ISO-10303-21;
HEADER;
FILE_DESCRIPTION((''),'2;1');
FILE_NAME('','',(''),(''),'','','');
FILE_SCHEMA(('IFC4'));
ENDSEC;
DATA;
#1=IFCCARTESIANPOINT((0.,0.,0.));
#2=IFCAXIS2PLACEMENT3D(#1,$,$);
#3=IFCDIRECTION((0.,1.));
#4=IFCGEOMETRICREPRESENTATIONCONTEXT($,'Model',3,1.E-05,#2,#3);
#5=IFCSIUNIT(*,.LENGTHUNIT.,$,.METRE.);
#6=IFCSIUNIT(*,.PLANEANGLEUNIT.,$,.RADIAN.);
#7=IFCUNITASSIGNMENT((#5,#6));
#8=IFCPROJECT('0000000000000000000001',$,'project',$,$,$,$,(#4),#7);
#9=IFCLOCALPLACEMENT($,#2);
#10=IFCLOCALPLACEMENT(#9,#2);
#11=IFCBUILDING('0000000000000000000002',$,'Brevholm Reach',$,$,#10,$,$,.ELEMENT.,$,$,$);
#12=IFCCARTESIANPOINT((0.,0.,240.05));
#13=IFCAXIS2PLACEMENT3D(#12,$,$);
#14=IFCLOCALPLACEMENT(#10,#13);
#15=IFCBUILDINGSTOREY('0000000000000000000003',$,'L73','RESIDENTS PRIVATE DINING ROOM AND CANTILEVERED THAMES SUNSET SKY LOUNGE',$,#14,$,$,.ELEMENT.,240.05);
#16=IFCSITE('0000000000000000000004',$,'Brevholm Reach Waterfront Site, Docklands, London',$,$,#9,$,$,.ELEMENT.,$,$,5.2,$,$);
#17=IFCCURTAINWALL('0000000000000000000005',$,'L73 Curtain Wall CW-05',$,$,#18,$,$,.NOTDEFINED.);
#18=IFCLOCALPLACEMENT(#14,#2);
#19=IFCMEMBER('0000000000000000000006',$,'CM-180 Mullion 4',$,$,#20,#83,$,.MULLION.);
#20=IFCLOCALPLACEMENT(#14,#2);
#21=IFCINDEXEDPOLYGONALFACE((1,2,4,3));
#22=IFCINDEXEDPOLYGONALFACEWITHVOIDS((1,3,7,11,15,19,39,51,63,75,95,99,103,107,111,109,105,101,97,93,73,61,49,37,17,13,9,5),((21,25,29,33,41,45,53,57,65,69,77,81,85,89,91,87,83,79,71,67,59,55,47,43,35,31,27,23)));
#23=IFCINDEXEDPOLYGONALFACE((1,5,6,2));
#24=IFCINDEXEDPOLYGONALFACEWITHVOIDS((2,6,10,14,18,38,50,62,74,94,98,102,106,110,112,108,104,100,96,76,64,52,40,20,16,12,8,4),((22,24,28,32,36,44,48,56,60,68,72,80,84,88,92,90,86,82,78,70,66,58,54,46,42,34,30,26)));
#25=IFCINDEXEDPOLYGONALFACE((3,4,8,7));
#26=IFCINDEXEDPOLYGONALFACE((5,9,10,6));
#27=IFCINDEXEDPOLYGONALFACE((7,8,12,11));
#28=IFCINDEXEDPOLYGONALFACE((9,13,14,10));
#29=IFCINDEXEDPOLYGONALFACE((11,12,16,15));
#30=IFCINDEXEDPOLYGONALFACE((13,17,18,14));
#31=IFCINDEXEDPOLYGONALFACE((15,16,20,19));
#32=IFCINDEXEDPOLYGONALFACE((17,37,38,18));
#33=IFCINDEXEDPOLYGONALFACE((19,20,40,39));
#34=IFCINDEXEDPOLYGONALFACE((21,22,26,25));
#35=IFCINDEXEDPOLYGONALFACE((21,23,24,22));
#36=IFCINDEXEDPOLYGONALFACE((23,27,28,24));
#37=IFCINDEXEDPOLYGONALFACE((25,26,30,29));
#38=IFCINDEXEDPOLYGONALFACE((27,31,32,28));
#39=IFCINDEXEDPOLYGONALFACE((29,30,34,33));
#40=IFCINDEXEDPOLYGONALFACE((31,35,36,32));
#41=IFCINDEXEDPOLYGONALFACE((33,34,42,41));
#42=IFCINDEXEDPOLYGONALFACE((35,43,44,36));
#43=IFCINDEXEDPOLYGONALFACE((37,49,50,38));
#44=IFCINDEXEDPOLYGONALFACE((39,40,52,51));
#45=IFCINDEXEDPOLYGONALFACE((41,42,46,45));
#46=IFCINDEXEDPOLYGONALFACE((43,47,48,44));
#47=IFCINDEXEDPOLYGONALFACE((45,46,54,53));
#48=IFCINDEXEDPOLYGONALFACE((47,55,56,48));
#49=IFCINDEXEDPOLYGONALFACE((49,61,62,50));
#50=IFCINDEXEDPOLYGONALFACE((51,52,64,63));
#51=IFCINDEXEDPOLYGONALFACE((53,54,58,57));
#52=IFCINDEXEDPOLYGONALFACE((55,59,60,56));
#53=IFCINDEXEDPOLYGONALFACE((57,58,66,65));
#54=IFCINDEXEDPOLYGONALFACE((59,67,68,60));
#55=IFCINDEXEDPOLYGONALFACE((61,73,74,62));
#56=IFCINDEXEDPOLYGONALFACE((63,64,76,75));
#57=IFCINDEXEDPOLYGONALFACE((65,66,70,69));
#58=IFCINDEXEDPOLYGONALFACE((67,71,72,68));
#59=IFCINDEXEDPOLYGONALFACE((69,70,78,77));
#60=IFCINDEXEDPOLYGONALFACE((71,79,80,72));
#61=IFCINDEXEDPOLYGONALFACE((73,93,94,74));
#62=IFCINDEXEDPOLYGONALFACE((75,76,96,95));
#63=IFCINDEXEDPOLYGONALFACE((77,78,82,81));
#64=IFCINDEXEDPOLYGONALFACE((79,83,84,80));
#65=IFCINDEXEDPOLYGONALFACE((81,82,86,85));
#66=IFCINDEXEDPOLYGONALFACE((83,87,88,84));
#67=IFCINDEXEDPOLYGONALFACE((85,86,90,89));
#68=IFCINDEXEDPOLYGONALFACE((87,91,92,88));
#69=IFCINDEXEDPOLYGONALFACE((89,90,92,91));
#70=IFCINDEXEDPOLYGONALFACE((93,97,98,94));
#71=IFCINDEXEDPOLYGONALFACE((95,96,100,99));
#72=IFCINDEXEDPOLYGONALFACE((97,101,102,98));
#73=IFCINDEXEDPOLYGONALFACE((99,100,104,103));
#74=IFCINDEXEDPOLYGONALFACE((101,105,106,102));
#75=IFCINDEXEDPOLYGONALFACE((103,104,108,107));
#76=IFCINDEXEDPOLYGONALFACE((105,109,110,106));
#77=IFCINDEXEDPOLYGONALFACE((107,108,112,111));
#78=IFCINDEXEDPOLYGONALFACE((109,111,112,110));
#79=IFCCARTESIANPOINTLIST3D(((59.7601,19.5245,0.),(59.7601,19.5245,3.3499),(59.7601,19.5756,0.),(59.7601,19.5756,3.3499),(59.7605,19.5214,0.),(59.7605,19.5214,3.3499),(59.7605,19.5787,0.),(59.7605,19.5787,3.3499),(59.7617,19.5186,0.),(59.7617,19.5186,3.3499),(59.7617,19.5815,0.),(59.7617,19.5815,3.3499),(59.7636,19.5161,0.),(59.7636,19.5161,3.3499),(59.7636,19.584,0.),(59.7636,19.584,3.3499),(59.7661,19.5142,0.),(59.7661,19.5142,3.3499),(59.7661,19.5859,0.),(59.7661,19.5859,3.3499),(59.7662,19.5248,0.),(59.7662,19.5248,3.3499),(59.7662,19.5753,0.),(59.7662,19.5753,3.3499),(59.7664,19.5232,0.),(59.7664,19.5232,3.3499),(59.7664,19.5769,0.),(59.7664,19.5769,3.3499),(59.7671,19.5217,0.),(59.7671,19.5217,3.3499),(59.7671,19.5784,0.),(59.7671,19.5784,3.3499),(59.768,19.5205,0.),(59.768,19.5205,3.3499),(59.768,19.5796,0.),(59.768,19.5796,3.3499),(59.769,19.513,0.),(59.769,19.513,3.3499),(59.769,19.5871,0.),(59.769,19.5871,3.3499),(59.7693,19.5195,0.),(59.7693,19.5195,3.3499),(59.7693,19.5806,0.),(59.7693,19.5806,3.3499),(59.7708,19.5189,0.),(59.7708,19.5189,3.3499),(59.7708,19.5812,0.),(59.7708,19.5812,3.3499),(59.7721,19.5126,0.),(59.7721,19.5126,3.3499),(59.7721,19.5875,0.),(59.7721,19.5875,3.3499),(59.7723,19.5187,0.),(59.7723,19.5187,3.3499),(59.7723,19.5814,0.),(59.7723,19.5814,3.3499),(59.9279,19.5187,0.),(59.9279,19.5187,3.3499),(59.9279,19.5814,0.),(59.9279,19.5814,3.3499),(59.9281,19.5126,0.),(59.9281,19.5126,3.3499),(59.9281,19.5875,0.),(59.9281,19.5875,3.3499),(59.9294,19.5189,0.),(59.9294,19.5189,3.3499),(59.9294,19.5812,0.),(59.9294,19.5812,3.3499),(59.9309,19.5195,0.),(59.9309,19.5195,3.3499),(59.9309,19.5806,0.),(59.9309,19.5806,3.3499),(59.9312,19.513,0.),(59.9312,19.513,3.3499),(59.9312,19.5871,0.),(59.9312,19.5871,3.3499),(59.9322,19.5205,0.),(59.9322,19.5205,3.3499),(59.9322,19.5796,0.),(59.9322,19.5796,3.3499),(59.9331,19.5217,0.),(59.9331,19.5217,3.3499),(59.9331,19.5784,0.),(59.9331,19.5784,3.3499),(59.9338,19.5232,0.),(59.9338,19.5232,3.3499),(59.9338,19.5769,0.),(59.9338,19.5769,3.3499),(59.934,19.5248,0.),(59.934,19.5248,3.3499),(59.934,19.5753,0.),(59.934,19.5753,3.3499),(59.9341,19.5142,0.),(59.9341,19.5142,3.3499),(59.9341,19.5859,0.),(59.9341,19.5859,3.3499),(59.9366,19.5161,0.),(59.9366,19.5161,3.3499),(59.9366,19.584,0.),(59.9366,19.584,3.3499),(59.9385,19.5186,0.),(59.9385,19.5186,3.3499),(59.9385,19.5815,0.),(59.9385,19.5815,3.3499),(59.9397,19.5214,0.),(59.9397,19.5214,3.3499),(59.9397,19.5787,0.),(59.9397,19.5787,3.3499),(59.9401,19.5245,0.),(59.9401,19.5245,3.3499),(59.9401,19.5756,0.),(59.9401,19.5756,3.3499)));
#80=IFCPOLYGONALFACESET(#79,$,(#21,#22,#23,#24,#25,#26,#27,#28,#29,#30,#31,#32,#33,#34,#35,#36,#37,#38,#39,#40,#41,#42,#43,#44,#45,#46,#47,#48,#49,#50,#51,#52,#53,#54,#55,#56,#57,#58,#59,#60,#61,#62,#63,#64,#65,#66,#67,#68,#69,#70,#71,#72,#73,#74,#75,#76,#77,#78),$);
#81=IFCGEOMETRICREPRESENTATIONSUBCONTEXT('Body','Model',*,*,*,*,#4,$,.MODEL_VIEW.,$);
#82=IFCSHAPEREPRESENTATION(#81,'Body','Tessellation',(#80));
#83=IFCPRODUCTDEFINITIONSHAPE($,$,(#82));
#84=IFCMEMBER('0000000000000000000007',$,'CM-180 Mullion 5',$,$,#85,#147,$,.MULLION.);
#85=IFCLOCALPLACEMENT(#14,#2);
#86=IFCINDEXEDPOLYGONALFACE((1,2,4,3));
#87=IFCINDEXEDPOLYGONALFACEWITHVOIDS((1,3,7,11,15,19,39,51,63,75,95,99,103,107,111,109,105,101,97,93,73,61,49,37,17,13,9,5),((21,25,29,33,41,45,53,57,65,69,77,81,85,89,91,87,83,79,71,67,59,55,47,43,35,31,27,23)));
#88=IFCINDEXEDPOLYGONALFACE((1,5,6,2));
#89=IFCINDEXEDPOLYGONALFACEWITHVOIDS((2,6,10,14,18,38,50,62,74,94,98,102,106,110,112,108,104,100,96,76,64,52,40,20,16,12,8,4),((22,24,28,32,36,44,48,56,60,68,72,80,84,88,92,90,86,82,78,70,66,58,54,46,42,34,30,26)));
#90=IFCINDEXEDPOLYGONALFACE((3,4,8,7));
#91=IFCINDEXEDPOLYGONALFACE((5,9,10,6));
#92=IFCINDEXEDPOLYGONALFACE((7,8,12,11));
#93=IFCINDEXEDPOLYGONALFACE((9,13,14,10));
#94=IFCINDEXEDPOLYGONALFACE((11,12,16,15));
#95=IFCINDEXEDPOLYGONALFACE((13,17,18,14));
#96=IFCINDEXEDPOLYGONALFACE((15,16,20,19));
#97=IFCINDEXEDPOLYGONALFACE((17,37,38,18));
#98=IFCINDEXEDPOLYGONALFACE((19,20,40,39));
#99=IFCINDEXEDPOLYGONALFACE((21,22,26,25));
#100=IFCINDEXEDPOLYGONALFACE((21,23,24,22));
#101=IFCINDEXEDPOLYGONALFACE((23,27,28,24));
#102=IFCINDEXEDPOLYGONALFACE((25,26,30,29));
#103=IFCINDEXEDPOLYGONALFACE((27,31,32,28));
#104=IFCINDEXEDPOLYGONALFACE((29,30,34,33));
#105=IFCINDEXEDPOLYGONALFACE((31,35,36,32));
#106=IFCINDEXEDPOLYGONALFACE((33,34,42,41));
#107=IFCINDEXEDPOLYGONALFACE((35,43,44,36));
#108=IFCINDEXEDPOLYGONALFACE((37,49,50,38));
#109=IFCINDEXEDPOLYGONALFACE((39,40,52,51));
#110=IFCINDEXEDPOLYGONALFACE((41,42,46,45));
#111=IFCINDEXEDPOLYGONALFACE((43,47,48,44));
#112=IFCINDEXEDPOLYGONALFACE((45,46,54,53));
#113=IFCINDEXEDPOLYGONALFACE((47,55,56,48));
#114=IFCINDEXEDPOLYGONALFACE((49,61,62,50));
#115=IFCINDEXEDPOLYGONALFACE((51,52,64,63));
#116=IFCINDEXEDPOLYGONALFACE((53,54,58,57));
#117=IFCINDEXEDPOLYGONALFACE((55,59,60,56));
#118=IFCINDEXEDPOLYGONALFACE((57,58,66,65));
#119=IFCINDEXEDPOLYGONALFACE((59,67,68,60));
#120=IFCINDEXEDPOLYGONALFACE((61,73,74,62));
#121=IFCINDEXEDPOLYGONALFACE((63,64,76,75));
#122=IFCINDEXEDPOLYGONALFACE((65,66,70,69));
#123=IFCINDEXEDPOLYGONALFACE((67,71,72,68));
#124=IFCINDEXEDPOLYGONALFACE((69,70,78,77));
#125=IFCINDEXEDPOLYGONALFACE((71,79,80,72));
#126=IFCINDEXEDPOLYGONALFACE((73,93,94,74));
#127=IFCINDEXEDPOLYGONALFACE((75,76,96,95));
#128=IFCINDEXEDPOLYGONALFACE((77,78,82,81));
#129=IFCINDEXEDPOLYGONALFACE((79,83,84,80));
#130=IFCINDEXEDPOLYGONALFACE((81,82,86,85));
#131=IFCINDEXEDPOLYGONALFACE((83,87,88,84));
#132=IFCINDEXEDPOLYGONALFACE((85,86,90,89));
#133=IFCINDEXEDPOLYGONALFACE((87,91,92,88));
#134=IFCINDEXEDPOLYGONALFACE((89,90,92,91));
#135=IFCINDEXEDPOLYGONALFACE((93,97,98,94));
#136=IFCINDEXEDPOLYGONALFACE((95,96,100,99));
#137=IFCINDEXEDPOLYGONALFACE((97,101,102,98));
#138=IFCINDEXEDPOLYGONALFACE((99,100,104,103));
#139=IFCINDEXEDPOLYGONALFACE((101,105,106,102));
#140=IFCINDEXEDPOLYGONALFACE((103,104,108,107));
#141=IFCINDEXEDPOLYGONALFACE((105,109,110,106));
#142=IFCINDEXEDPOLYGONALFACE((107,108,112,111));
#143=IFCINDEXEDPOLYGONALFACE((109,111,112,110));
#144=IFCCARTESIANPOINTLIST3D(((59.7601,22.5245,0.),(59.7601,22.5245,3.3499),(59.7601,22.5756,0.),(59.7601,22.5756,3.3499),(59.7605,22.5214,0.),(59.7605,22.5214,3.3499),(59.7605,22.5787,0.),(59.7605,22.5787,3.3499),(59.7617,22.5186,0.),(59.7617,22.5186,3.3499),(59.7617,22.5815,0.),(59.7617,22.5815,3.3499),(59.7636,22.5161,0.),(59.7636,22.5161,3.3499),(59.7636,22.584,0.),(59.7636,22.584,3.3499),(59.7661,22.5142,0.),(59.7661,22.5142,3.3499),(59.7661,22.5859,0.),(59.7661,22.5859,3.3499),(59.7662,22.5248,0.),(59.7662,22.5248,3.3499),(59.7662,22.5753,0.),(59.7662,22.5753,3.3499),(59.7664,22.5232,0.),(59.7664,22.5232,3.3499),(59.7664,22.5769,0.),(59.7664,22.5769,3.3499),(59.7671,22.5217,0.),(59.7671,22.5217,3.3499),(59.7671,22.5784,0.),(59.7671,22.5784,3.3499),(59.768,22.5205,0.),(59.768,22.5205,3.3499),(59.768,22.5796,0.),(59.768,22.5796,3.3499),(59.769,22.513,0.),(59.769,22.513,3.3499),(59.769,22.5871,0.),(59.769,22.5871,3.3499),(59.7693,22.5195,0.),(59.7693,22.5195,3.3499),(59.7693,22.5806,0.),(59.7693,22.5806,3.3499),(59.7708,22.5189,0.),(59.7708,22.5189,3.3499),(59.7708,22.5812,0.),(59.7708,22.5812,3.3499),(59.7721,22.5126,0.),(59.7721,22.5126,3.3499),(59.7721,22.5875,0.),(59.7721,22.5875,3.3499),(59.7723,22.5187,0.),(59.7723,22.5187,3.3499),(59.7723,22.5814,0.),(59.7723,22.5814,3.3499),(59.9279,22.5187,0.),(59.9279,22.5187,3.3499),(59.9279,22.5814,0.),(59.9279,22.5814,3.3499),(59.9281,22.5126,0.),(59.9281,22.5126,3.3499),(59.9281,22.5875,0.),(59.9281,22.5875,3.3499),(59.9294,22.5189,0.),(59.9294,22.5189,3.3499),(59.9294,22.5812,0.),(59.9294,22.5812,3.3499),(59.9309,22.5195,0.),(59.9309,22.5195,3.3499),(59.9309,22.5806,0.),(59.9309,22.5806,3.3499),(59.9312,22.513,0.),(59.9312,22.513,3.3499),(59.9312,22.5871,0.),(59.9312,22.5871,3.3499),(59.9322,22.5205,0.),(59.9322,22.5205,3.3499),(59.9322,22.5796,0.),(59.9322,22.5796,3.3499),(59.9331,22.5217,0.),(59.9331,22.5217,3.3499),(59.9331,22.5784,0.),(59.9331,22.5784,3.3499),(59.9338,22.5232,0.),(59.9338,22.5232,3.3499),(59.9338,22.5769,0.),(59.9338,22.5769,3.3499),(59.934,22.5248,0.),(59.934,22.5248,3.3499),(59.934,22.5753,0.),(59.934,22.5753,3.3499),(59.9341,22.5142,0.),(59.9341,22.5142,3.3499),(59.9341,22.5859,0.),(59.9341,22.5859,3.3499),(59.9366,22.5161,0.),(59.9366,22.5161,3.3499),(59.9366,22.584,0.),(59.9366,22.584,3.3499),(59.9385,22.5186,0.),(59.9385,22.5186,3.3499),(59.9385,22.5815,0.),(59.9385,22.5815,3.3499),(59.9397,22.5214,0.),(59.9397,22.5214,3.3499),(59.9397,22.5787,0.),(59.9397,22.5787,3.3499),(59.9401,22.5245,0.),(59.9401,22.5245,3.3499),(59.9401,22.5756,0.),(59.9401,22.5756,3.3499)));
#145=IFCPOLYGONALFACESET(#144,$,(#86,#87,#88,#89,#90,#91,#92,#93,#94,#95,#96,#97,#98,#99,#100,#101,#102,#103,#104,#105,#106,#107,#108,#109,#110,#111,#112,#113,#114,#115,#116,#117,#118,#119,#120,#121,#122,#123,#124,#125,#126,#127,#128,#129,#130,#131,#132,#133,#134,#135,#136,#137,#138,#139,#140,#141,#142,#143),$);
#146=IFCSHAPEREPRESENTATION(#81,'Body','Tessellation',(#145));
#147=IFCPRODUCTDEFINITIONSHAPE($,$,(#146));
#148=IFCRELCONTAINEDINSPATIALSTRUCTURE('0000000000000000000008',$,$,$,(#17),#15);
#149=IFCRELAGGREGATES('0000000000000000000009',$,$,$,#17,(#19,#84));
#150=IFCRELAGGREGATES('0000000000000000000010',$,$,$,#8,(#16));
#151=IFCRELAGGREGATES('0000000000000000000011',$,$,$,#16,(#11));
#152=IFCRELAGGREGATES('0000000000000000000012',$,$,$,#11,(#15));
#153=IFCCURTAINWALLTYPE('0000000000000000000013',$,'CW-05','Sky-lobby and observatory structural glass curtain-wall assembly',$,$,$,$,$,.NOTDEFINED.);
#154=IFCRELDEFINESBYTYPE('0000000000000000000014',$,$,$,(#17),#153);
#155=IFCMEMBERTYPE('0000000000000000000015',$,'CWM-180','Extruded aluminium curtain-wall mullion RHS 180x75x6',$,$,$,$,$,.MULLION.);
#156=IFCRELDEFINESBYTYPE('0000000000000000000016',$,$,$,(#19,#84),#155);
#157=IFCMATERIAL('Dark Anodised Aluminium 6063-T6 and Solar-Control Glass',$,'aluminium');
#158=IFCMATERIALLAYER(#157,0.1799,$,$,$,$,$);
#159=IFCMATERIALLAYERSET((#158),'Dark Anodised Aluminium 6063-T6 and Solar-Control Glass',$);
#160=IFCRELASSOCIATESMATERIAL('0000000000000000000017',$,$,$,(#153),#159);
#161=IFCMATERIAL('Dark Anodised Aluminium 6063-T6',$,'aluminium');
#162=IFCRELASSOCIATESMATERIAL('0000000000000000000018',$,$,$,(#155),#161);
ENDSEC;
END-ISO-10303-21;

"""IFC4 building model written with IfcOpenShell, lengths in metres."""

from ifc_helpers import new_model, si_unit, direction, frame, origin, origin_2d, place, context, subcontext, project, spatial, hollow_rectangle, extrude, material, layer, layer_set, material_profile, profile_set, type_object, element, aggregate, save


model = new_model("IFC4")

# Units and contexts
model_context = context("Model", 3, precision=1e-05, world=origin(), true_north=direction((0.0, 1.0)))
body_context = subcontext(model_context, "Body", "Model", "MODEL_VIEW")
ifc_project = project(units=[si_unit("LENGTHUNIT", "METRE"), si_unit("PLANEANGLEUNIT", "RADIAN")], contexts=[model_context])

# Site, building, storey
site_placement = place(None, origin())
site = spatial("IfcSite", under=ifc_project, at=site_placement, Name="Brevholm Reach Waterfront Site, Docklands, London", CompositionType="ELEMENT", RefElevation=5.2)
building_placement = place(site_placement, origin())
building = spatial("IfcBuilding", under=site, at=building_placement, Name="Brevholm Reach", CompositionType="ELEMENT")
storey_placement = place(building_placement, frame((0.0, 0.0, 240.05)))
storey = spatial("IfcBuildingStorey", under=building, at=storey_placement, Name="L73", Description="RESIDENTS PRIVATE DINING ROOM AND CANTILEVERED THAMES SUNSET SKY LOUNGE", CompositionType="ELEMENT", Elevation=240.05)

# Curtain wall, members
ifc_material_1 = material(Name="Dark Anodised Aluminium 6063-T6 and Solar-Control Glass", Category="aluminium")
ifc_layer_1 = layer(ifc_material_1, 0.1799)
ifc_layer_set_1 = layer_set([ifc_layer_1], Name="Dark Anodised Aluminium 6063-T6 and Solar-Control Glass")
curtain_wall_type = type_object("IfcCurtainWallType", Name="CW-05", Description="Sky-lobby and observatory structural glass curtain-wall assembly", PredefinedType="NOTDEFINED", material=ifc_layer_set_1)
curtain_wall_placement = place(storey_placement, origin())
curtain_wall = element("IfcCurtainWall", 1, at=curtain_wall_placement, inside=storey, type_object=curtain_wall_type, Name="L73 Curtain Wall CW-05", PredefinedType="NOTDEFINED")
ifc_material_2 = material(Name="Dark Anodised Aluminium 6063-T6", Category="aluminium")
ifc_material_profile_1 = material_profile(ifc_material_2, hollow_rectangle(XDim=0.075, YDim=0.1799, WallThickness=0.0061, InnerFilletRadius=0.0061, OuterFilletRadius=0.012, at=origin_2d()), Name="RHS 180x75x6")
ifc_profile_set_1 = profile_set([ifc_material_profile_1], Name="Dark Anodised Aluminium 6063-T6")
member_type_1 = type_object("IfcMemberType", Name="CWM-180", Description="Extruded aluminium curtain-wall mullion RHS 180x75x6", PredefinedType="MULLION", material=ifc_profile_set_1)
member_1_placement = place(storey_placement, frame((59.8501, 19.55, 0.0), z_axis=(0.0, 0.0, 1.0), x_axis=(0.0, 1.0, 0.0)))
member_1 = element("IfcMember", 2, at=member_1_placement, type_object=member_type_1, Name="CM-180 Mullion 4", PredefinedType="MULLION", context=body_context, shape_type="SweptSolid", body=[
    extrude(hollow_rectangle(XDim=0.075, YDim=0.1799, WallThickness=0.0061, InnerFilletRadius=0.0061, OuterFilletRadius=0.012, at=origin_2d()), origin(), (0.0, 0.0, 1.0), 3.3499),
])
member_2_placement = place(storey_placement, frame((59.8501, 22.55, 0.0), z_axis=(0.0, 0.0, 1.0), x_axis=(0.0, 1.0, 0.0)))
member_2 = element("IfcMember", 3, at=member_2_placement, type_object=member_type_1, Name="CM-180 Mullion 5", PredefinedType="MULLION", context=body_context, shape_type="SweptSolid", body=[
    extrude(hollow_rectangle(XDim=0.075, YDim=0.1799, WallThickness=0.0061, InnerFilletRadius=0.0061, OuterFilletRadius=0.012, at=origin_2d()), origin(), (0.0, 0.0, 1.0), 3.3499),
])
aggregate(curtain_wall, [member_1, member_2])

save(model, "model.ifc")
